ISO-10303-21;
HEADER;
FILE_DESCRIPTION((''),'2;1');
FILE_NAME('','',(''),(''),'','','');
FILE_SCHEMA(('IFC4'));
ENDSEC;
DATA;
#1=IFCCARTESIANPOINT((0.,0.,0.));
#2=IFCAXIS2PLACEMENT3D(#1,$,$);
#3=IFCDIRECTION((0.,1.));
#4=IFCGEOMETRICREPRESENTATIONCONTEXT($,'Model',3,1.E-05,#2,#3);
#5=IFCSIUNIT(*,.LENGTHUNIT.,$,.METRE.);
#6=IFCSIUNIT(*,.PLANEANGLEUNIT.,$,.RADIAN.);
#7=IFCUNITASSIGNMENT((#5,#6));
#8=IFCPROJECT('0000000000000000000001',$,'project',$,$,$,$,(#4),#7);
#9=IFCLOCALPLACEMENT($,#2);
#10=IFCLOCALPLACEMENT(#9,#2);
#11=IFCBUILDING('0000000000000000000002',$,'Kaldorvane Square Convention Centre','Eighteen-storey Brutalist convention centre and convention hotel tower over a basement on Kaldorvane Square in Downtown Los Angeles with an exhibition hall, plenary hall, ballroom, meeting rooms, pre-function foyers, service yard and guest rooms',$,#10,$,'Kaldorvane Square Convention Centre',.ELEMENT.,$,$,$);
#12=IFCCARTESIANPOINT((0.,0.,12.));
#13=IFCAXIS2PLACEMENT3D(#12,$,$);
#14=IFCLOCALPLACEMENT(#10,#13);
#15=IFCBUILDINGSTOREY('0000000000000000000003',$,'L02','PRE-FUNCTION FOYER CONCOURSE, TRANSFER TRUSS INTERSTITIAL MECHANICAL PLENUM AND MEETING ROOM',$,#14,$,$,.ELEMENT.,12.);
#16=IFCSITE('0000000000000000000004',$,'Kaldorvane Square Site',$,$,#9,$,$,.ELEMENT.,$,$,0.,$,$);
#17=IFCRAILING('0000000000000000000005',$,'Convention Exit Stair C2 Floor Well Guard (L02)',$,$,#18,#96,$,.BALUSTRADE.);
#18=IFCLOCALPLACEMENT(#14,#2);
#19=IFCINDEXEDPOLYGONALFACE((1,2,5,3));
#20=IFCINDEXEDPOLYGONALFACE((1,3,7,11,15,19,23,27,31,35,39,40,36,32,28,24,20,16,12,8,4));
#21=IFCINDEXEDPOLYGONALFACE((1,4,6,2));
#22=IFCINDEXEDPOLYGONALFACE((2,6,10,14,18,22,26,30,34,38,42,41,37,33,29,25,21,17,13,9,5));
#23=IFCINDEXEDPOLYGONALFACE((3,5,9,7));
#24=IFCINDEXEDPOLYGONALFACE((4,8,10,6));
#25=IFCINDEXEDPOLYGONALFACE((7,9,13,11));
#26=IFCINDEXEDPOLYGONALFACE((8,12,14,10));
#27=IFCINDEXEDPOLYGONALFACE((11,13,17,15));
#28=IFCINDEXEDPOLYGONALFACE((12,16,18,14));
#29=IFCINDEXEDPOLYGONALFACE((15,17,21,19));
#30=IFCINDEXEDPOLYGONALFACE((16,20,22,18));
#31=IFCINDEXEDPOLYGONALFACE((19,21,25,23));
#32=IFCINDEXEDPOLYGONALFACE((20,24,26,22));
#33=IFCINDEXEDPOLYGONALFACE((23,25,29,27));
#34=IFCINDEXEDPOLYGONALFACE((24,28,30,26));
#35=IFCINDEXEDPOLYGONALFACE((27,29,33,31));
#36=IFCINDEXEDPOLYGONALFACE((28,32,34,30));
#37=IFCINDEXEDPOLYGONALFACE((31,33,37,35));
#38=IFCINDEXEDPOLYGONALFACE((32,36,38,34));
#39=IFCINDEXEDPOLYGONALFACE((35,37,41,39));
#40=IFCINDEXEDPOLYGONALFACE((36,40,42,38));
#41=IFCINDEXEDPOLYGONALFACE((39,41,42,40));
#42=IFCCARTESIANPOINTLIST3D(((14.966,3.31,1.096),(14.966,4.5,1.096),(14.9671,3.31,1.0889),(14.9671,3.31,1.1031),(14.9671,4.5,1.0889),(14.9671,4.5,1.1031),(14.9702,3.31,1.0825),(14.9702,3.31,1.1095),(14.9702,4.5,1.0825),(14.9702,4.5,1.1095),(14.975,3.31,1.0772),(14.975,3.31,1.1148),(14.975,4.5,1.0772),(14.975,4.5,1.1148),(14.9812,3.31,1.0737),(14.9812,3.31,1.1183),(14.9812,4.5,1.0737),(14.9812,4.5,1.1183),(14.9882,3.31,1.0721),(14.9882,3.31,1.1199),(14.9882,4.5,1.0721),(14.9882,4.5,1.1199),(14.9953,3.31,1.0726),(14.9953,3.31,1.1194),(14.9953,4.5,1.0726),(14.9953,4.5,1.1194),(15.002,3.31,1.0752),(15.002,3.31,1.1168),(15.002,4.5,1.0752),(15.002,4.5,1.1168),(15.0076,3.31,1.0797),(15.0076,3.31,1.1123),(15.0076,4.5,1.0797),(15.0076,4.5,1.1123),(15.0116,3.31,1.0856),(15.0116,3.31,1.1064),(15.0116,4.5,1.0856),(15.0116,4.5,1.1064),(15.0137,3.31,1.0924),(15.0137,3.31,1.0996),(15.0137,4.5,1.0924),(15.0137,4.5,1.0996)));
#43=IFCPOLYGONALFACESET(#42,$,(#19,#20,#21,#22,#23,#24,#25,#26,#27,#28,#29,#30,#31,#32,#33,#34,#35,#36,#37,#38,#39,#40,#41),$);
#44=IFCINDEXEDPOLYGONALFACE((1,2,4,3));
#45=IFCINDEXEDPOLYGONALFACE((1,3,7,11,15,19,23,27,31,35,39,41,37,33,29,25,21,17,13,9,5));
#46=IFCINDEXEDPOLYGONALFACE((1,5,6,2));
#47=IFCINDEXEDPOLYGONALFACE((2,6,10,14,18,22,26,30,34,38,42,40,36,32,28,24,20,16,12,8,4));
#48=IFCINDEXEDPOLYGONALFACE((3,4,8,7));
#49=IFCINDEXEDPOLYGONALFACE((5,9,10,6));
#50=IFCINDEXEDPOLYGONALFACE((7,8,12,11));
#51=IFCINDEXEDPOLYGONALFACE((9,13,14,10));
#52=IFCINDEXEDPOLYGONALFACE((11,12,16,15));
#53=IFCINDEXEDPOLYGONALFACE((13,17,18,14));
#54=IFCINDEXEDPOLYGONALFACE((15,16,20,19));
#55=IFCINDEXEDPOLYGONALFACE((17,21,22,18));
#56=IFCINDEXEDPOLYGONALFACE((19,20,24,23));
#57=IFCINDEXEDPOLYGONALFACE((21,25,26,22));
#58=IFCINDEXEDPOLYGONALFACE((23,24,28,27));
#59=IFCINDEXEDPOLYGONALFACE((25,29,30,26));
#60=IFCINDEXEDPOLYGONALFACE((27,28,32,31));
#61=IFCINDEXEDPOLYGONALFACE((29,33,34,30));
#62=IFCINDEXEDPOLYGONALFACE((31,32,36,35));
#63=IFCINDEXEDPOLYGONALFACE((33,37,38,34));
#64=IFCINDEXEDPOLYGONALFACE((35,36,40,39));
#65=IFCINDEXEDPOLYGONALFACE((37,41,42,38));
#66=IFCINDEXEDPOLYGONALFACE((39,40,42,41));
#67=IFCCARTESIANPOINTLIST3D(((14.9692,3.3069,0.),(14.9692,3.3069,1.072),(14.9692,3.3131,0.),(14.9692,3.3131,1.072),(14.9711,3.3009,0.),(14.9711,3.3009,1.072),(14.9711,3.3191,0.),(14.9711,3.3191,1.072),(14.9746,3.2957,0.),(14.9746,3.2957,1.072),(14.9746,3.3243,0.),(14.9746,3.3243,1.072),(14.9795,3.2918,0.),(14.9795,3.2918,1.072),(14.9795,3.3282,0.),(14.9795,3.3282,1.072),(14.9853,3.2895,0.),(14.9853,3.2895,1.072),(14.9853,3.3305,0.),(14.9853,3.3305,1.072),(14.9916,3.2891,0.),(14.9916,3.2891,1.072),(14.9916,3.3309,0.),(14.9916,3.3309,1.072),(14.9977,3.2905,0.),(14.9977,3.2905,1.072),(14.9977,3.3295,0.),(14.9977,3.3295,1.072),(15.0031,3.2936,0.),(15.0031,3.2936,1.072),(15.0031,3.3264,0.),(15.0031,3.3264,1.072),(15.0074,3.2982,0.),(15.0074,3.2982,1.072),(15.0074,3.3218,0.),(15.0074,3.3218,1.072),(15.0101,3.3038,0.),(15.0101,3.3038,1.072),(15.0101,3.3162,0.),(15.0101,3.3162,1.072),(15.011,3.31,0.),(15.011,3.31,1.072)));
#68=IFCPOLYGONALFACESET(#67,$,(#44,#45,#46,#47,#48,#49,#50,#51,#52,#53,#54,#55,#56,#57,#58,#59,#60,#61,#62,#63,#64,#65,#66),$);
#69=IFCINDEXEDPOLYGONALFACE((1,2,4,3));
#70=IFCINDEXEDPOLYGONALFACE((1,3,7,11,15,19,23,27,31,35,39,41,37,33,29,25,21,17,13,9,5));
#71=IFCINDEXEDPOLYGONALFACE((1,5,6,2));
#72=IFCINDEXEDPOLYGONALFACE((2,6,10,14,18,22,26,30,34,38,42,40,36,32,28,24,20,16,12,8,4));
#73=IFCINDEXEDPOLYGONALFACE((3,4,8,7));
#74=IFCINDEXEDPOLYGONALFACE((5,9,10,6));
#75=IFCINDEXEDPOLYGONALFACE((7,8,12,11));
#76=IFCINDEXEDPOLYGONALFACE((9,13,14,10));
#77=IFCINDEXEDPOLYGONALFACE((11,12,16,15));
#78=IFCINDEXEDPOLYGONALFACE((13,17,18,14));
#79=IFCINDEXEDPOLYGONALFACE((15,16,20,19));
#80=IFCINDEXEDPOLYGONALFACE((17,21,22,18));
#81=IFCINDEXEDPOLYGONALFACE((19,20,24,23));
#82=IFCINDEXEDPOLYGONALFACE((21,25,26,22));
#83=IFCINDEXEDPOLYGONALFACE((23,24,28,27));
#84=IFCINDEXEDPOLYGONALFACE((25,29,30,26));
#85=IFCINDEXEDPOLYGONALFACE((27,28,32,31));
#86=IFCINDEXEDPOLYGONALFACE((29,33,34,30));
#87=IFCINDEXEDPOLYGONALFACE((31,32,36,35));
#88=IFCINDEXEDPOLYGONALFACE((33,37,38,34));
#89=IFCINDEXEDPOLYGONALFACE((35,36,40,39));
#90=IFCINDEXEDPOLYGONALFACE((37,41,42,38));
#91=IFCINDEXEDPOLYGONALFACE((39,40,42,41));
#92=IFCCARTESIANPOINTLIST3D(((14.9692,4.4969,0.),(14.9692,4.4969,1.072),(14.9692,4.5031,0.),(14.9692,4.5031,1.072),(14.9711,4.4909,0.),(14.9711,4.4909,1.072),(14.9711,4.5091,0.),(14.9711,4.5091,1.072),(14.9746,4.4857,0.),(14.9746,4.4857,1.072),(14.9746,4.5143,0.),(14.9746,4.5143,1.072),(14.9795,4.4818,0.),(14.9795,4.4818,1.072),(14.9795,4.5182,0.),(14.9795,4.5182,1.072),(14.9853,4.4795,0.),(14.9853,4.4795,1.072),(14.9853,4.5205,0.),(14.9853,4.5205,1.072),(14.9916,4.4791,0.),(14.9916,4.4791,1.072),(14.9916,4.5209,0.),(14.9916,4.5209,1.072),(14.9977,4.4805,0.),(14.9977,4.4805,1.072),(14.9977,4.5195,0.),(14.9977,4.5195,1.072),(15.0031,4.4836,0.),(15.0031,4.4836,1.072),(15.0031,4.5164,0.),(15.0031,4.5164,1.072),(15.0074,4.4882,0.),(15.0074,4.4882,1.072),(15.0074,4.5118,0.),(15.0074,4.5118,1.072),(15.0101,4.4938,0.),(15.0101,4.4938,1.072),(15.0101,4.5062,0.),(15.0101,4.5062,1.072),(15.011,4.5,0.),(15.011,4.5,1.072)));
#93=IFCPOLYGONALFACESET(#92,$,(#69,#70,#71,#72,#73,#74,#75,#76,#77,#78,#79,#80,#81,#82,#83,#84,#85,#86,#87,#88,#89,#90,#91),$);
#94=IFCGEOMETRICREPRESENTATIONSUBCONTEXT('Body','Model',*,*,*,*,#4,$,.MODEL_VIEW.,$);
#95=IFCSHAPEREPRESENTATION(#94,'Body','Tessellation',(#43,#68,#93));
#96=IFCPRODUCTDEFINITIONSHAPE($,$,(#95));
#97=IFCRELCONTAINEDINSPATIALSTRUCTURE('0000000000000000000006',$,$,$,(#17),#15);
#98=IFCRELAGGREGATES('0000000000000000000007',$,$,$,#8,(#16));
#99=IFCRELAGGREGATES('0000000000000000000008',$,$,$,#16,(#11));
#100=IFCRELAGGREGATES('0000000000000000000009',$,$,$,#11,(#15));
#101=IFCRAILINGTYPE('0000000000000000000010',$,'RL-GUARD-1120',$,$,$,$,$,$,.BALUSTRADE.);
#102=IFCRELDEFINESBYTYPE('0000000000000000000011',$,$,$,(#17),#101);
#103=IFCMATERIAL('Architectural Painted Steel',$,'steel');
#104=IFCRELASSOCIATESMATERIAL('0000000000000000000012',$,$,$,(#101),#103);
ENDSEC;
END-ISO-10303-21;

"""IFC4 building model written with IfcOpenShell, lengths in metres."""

from ifc_helpers import new_model, si_unit, direction, frame, origin, origin_2d, place, context, subcontext, project, spatial, circle, extrude, material, type_object, element, save


model = new_model("IFC4")

# Units and contexts
model_context = context("Model", 3, precision=1e-05, world=origin(), true_north=direction((0.0, 1.0)))
body_context = subcontext(model_context, "Body", "Model", "MODEL_VIEW")
ifc_project = project(units=[si_unit("LENGTHUNIT", "METRE"), si_unit("PLANEANGLEUNIT", "RADIAN")], contexts=[model_context])

# Site, building, storey
site_placement = place(None, origin())
site = spatial("IfcSite", under=ifc_project, at=site_placement, Name="Kaldorvane Square Site", CompositionType="ELEMENT", RefElevation=0.0)
building_placement = place(site_placement, origin())
building = spatial("IfcBuilding", under=site, at=building_placement, Name="Kaldorvane Square Convention Centre", Description="Eighteen-storey Brutalist convention centre and convention hotel tower over a basement on Kaldorvane Square in Downtown Los Angeles with an exhibition hall, plenary hall, ballroom, meeting rooms, pre-function foyers, service yard and guest rooms", LongName="Kaldorvane Square Convention Centre", CompositionType="ELEMENT")
storey_placement = place(building_placement, frame((0.0, 0.0, 12.0)))
storey = spatial("IfcBuildingStorey", under=building, at=storey_placement, Name="L02", Description="PRE-FUNCTION FOYER CONCOURSE, TRANSFER TRUSS INTERSTITIAL MECHANICAL PLENUM AND MEETING ROOM", CompositionType="ELEMENT", Elevation=12.0)

# Railing
ifc_material_1 = material(Name="Architectural Painted Steel", Category="steel")
railing_type_1 = type_object("IfcRailingType", Name="RL-GUARD-1120", PredefinedType="BALUSTRADE", material=ifc_material_1)
for number, where, name in (
    (1, (14.99, 3.31, 0.0), "Convention Exit Stair C2 Floor Well Guard (L02)"),
):
    element("IfcRailing", number, at=place(storey_placement, frame(where)), inside=storey, type_object=railing_type_1, Name=name, PredefinedType="BALUSTRADE", context=body_context, shape_type="SweptSolid", body=[
        extrude(circle(Radius=0.024, at=origin_2d()), frame((0.0, 0.0, 1.096), z_axis=(0.0, 1.0, 0.0), x_axis=(-1.0, 0.0, 0.0)), (0.0, 0.0, 1.0), 1.19),
        extrude(circle(Radius=0.021, at=origin_2d()), origin(), (0.0, 0.0, 1.0), 1.072),
        extrude(circle(Radius=0.021, at=origin_2d()), frame((0.0, 1.19, 0.0)), (0.0, 0.0, 1.0), 1.072),
    ])

save(model, "model.ifc")
